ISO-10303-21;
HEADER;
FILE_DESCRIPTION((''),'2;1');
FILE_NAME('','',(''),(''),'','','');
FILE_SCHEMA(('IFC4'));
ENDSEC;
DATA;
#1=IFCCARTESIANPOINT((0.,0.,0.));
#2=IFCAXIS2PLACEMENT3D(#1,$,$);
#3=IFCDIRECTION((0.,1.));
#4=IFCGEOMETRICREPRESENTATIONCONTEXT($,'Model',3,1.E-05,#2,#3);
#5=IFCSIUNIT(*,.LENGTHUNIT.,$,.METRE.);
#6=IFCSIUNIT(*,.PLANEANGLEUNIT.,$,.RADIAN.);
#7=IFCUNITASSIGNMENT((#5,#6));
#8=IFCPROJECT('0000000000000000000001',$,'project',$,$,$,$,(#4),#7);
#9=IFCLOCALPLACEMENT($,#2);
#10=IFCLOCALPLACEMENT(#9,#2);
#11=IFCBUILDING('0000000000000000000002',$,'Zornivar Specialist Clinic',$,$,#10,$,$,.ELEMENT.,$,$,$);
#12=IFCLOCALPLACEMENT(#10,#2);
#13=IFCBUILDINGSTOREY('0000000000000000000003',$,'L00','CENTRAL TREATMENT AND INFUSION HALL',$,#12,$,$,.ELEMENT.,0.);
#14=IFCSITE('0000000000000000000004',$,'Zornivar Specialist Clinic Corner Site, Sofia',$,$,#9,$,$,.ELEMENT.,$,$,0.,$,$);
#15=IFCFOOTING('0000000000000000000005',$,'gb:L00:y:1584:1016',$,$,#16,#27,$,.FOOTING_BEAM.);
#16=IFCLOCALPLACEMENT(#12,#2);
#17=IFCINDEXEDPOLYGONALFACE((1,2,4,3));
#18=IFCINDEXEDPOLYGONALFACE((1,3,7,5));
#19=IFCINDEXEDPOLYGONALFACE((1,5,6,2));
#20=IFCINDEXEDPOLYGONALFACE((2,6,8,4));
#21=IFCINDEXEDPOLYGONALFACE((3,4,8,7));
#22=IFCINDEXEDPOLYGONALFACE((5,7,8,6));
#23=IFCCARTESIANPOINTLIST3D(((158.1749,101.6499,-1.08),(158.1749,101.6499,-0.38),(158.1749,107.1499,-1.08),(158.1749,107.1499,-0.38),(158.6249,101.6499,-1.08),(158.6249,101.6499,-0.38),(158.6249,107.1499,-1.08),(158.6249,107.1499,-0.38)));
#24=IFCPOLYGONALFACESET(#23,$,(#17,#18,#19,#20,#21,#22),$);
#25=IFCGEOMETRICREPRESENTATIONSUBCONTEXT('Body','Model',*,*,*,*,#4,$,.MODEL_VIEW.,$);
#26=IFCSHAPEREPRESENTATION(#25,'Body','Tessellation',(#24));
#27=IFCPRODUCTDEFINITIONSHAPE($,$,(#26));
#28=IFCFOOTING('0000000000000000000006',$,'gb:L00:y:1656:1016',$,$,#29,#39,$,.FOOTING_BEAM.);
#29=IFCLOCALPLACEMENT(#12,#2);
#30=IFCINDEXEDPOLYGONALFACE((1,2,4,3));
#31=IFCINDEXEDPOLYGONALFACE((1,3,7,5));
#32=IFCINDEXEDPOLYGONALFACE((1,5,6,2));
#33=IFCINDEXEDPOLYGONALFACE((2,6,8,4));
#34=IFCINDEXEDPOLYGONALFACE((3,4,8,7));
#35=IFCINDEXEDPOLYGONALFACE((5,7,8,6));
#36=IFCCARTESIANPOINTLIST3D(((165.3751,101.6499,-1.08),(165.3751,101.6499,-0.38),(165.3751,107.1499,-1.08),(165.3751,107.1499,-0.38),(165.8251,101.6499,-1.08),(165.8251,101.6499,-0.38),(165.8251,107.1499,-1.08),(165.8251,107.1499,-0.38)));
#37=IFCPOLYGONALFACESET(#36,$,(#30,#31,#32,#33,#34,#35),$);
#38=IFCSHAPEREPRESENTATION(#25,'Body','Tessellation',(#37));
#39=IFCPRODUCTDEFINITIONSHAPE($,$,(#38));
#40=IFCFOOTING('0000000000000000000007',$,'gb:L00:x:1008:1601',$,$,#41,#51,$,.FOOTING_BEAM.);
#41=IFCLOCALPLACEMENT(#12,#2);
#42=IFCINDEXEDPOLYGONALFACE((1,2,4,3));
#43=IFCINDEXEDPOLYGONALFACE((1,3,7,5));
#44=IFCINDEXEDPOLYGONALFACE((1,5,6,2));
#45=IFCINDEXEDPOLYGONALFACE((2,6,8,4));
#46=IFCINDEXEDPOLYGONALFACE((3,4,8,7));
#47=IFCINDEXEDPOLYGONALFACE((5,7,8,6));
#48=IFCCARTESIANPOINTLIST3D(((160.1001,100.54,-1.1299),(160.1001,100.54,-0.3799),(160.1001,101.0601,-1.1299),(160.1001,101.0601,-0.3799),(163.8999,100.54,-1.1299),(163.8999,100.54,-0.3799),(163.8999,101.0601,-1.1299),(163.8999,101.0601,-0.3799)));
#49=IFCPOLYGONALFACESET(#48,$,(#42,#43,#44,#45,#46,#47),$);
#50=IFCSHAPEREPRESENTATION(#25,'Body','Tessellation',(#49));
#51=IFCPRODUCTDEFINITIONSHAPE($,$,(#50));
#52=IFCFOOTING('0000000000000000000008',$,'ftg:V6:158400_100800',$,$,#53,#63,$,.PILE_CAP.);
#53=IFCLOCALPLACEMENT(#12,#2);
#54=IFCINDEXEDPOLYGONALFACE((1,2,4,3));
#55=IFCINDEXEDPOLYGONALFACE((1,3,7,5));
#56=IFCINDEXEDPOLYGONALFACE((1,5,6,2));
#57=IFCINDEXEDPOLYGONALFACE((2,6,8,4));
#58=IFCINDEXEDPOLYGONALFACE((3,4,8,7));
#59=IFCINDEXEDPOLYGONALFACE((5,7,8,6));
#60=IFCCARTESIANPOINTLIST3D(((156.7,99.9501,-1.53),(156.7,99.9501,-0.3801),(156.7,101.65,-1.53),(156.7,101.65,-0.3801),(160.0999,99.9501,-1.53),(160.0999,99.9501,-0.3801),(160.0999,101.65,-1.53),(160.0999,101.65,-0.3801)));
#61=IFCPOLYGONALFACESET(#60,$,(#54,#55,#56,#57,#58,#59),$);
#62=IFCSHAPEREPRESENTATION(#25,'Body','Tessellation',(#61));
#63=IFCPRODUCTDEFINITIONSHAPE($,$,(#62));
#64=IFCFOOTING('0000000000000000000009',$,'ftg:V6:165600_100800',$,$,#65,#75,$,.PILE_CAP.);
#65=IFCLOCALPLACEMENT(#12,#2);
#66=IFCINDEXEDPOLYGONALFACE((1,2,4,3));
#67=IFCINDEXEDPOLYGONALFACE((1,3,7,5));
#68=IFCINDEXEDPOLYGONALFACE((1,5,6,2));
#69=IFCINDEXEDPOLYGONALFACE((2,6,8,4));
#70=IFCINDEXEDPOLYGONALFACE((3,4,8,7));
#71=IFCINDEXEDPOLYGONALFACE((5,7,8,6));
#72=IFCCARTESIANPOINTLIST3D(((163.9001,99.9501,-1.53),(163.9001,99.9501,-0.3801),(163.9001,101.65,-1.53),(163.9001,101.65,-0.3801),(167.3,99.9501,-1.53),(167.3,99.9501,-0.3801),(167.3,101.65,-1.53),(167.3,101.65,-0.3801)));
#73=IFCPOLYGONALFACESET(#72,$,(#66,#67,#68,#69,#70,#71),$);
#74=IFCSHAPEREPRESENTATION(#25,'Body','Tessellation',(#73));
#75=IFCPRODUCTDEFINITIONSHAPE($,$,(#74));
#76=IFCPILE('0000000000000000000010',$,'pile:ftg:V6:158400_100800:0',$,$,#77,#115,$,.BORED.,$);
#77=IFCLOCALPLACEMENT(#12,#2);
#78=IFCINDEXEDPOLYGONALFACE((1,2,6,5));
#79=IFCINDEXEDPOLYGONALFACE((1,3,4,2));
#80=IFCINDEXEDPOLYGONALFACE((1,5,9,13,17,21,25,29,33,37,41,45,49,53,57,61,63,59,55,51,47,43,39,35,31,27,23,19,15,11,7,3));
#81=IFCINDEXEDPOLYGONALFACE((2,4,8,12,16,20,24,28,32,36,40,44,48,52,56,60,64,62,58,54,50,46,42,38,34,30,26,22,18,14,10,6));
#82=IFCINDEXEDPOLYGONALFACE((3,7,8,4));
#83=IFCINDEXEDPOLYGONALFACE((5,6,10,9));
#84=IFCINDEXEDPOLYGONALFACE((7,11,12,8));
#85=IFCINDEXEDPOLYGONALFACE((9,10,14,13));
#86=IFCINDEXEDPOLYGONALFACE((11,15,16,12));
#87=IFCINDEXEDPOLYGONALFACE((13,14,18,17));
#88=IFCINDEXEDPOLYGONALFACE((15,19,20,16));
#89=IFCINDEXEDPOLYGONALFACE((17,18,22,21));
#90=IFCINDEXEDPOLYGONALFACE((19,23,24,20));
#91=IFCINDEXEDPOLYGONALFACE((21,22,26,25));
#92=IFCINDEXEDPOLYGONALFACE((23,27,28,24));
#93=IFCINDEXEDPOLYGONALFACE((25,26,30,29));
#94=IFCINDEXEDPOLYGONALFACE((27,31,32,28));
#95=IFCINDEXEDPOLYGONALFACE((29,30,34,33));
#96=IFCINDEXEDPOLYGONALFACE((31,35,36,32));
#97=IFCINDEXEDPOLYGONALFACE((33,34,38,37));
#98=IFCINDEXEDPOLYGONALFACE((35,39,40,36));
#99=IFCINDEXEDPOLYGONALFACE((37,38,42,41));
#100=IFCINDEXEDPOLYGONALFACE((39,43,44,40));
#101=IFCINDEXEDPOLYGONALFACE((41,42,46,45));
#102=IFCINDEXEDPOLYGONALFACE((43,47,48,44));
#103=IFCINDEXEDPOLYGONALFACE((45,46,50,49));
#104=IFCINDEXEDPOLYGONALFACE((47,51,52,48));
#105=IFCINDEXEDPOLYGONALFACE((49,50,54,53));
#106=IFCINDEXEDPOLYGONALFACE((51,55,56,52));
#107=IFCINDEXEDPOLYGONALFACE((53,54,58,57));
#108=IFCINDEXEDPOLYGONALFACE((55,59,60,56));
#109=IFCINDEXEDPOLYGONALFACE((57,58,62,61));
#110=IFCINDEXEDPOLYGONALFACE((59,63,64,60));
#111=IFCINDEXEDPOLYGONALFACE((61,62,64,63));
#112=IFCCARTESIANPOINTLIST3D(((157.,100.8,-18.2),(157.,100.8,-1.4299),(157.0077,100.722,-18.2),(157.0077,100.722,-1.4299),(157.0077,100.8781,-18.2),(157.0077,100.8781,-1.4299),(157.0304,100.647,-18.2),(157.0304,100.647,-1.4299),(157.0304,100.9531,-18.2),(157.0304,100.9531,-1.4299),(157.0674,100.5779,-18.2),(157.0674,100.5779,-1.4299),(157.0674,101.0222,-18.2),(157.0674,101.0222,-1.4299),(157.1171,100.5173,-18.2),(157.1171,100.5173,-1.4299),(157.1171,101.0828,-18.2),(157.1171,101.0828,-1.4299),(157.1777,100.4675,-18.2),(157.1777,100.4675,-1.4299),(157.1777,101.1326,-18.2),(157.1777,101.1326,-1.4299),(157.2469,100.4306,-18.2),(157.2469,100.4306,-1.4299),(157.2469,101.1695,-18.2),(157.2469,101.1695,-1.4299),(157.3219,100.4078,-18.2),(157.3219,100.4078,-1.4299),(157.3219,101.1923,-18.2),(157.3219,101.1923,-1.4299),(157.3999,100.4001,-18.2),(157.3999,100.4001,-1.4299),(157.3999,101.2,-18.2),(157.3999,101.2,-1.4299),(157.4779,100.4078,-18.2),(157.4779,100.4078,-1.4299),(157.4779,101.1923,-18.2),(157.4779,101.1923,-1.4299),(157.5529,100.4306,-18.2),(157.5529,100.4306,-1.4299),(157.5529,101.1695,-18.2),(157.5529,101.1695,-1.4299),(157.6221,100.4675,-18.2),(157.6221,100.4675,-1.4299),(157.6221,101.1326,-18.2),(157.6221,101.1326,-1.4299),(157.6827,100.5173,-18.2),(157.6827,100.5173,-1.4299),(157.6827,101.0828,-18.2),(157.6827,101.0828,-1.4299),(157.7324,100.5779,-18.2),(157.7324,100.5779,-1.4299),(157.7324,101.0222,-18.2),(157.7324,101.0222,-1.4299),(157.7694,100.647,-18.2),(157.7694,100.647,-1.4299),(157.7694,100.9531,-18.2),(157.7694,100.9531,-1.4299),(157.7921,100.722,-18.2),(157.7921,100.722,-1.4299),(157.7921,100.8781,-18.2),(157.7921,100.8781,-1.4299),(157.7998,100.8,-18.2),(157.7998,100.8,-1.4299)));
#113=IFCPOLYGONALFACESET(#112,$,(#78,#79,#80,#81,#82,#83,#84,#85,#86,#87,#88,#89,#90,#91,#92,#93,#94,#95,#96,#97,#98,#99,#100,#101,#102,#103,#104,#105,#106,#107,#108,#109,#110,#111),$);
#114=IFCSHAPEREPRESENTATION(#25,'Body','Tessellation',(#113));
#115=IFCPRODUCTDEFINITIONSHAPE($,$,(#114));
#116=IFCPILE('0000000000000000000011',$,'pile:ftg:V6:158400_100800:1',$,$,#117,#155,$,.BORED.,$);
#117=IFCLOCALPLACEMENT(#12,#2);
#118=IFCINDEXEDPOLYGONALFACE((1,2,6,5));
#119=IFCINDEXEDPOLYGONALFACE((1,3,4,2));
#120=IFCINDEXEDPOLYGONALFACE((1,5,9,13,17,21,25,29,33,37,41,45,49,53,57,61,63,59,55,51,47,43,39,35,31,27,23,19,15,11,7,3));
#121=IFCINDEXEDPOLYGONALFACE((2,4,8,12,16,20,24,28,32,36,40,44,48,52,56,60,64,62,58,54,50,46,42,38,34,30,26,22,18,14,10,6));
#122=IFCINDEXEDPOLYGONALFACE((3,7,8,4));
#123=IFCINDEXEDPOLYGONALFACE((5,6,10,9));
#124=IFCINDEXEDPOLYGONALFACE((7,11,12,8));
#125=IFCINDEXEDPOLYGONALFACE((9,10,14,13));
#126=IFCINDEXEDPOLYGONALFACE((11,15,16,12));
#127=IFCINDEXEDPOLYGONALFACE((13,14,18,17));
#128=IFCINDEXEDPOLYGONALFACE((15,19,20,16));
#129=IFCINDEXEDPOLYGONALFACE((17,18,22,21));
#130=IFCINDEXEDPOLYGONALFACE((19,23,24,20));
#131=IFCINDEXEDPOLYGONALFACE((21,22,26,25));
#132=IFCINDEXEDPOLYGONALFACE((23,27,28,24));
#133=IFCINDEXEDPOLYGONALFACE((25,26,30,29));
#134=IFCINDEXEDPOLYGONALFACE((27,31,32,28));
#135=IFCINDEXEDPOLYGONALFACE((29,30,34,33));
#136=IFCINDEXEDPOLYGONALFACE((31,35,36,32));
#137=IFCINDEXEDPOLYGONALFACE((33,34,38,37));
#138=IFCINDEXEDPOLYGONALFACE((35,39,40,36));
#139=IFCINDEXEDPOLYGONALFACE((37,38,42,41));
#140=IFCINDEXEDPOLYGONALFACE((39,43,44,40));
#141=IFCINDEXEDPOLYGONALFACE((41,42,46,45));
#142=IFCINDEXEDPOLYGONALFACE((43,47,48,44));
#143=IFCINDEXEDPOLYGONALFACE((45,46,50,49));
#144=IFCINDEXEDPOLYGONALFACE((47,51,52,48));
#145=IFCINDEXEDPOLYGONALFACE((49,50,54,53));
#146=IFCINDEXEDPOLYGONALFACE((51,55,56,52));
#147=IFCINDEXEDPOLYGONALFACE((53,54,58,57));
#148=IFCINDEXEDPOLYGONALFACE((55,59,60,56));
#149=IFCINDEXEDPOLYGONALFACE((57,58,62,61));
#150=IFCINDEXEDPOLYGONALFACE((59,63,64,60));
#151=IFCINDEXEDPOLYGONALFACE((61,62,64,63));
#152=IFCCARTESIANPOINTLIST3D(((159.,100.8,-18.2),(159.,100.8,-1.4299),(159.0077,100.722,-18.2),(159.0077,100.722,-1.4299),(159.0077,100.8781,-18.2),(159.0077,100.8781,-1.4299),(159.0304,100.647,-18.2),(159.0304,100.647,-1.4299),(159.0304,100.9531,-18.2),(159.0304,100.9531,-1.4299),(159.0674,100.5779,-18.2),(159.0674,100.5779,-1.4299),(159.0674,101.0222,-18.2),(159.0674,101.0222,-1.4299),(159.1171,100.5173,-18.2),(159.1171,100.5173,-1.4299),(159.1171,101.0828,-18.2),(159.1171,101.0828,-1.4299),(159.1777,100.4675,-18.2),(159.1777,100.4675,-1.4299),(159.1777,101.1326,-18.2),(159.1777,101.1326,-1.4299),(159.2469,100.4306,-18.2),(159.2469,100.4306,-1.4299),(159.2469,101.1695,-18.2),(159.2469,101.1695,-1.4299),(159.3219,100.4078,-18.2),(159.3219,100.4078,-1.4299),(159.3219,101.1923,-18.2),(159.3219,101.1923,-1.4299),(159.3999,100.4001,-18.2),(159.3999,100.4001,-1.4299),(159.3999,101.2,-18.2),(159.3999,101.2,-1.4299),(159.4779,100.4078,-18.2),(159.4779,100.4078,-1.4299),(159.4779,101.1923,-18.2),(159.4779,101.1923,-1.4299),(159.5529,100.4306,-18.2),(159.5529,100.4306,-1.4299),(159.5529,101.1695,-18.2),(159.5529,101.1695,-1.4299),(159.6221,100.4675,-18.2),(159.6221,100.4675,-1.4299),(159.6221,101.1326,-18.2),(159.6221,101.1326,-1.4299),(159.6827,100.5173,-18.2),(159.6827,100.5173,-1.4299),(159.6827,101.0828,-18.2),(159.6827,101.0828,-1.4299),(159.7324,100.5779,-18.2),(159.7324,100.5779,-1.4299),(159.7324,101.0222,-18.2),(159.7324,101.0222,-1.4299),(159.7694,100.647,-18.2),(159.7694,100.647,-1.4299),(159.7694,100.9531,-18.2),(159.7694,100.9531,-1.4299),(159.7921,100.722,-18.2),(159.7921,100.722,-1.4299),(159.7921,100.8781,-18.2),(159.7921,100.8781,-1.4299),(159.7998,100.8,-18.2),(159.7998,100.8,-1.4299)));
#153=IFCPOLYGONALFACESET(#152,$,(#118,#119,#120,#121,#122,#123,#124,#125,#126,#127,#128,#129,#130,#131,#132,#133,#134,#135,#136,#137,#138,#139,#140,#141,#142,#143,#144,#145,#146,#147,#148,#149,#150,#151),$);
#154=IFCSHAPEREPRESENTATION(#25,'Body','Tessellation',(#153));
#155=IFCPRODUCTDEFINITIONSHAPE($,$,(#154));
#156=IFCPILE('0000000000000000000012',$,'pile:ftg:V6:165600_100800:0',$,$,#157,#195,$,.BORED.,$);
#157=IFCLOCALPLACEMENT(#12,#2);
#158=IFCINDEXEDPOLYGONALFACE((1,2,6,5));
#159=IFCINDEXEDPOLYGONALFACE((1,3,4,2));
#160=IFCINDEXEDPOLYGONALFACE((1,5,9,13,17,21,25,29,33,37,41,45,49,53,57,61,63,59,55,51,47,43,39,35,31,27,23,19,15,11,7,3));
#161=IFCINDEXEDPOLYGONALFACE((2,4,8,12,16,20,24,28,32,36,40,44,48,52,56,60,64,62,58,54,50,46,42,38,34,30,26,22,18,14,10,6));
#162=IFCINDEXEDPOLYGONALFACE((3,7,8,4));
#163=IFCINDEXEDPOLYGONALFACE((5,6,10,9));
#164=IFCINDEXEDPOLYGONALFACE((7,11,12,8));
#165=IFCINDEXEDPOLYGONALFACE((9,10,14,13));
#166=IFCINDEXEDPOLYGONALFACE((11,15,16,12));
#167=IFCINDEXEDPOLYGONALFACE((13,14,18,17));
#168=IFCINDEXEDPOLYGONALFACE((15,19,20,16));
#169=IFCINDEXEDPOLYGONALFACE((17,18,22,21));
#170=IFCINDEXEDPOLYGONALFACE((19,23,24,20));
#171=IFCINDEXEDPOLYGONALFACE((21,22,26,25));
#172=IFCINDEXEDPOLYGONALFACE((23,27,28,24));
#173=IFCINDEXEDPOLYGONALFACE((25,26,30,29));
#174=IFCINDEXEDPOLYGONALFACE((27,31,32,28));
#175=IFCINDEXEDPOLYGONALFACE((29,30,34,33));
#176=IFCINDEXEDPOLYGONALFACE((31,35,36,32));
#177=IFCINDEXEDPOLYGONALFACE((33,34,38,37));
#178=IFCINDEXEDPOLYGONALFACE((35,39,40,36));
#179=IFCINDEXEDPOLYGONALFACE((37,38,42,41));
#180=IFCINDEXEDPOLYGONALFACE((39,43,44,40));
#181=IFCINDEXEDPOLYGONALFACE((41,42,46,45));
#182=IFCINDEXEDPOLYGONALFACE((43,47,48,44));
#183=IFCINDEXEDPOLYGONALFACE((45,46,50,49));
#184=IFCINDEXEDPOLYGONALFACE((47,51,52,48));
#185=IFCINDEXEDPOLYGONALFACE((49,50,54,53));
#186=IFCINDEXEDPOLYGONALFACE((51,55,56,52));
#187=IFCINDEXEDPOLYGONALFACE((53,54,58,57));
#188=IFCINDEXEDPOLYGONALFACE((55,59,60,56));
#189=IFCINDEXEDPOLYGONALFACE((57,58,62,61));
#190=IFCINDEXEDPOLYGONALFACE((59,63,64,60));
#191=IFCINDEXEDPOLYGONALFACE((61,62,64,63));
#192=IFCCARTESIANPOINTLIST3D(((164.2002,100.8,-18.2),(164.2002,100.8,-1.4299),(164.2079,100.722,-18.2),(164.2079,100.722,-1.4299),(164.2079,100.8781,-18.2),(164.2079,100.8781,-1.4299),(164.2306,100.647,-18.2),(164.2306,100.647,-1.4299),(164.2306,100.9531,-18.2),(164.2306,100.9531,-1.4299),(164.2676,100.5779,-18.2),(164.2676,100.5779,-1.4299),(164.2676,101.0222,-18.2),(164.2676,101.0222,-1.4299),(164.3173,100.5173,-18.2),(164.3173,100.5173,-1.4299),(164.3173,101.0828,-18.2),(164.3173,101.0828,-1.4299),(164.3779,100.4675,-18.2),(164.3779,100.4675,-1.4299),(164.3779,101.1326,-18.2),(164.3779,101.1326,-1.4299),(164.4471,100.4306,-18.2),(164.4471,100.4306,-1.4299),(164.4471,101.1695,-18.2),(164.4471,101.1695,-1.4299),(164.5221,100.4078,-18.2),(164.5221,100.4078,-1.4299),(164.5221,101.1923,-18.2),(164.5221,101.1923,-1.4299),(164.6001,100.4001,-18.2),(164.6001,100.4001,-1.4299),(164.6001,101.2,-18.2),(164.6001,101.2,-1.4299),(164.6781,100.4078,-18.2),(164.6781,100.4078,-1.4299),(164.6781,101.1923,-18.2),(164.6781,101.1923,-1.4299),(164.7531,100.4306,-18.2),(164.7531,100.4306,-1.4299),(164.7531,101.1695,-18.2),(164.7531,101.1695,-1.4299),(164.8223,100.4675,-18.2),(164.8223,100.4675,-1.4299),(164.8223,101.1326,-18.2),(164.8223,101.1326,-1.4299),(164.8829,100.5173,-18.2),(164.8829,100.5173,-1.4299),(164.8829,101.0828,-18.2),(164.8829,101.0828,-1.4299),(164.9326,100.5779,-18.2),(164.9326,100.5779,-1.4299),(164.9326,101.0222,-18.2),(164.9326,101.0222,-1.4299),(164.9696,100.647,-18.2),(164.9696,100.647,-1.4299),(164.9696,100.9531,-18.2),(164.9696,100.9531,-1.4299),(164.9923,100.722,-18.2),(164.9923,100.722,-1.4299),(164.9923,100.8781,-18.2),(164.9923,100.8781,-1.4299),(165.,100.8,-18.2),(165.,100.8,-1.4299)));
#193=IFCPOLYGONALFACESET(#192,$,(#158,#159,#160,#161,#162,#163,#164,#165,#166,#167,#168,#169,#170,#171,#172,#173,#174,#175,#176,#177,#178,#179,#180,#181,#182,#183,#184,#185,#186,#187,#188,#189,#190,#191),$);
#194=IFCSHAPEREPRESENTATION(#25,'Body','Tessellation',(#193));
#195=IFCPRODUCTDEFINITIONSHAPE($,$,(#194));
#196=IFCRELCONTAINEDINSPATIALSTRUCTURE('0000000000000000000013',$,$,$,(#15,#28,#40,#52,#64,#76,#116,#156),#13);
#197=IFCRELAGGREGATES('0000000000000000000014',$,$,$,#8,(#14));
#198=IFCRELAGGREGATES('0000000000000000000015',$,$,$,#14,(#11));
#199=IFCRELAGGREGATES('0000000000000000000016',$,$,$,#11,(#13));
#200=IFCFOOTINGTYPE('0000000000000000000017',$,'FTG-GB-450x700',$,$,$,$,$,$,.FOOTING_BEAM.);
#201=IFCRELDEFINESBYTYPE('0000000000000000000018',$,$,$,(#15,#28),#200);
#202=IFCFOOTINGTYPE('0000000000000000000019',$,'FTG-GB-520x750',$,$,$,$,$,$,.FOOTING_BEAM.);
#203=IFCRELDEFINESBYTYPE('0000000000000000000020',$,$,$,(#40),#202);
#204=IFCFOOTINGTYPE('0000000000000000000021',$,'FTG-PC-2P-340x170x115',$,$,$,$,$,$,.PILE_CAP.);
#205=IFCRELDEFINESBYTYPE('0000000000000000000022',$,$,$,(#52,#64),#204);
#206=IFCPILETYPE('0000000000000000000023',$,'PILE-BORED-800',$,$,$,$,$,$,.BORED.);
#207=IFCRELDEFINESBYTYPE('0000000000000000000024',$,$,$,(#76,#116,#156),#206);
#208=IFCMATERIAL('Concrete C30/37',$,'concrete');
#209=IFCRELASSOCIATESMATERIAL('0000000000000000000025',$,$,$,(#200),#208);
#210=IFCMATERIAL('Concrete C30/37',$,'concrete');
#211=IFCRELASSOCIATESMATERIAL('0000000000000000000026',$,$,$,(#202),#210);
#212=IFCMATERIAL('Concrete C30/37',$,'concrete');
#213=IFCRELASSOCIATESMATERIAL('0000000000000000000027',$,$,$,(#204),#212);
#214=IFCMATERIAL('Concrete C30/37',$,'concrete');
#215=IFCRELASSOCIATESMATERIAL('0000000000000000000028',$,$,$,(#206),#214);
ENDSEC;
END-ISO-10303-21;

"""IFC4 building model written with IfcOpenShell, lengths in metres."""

from ifc_helpers import new_model, si_unit, direction, frame, origin, origin_2d, place, context, subcontext, project, spatial, rectangle, circle, extrude, material, material_profile, profile_set, type_object, element, save


model = new_model("IFC4")

# Units and contexts
model_context = context("Model", 3, precision=1e-05, world=origin(), true_north=direction((0.0, 1.0)))
body_context = subcontext(model_context, "Body", "Model", "MODEL_VIEW")
ifc_project = project(units=[si_unit("LENGTHUNIT", "METRE"), si_unit("PLANEANGLEUNIT", "RADIAN")], contexts=[model_context])

# Site, building, storey
site_placement = place(None, origin())
site = spatial("IfcSite", under=ifc_project, at=site_placement, Name="Zornivar Specialist Clinic Corner Site, Sofia", CompositionType="ELEMENT", RefElevation=0.0)
building_placement = place(site_placement, origin())
building = spatial("IfcBuilding", under=site, at=building_placement, Name="Zornivar Specialist Clinic", CompositionType="ELEMENT")
storey_placement = place(building_placement, origin())
storey = spatial("IfcBuildingStorey", under=building, at=storey_placement, Name="L00", Description="CENTRAL TREATMENT AND INFUSION HALL", CompositionType="ELEMENT", Elevation=0.0)

# Footings
ifc_material_1 = material(Name="Concrete C30/37", Category="concrete")
ifc_material_profile_1 = material_profile(ifc_material_1, rectangle(XDim=0.45, YDim=0.7, at=origin_2d()), Name="RC 450x700")
ifc_profile_set_1 = profile_set([ifc_material_profile_1], Name="Concrete C30/37")
footing_type_1 = type_object("IfcFootingType", Name="FTG-GB-450x700", PredefinedType="FOOTING_BEAM", material=ifc_profile_set_1)
for number, where, z_axis, x_axis, name in (
    (1, (158.3999, 101.6499, -0.73), (0.0, 1.0, 0.0), (-1.0, 0.0, 0.0), "gb:L00:y:1584:1016"),
    (2, (165.6001, 101.6499, -0.73), (0.0, 1.0, 0.0), (-1.0, 0.0, 0.0), "gb:L00:y:1656:1016"),
):
    element("IfcFooting", number, at=place(storey_placement, frame(where, z_axis=z_axis, x_axis=x_axis)), inside=storey, type_object=footing_type_1, Name=name, PredefinedType="FOOTING_BEAM", context=body_context, shape_type="SweptSolid", body=[
        extrude(rectangle(XDim=0.45, YDim=0.7, at=origin_2d()), origin(), (0.0, 0.0, 1.0), 5.5),
    ])
ifc_material_2 = material(Name="Concrete C30/37", Category="concrete")
ifc_material_profile_2 = material_profile(ifc_material_2, rectangle(XDim=0.52, YDim=0.75, at=origin_2d()), Name="RC 520x750")
ifc_profile_set_2 = profile_set([ifc_material_profile_2], Name="Concrete C30/37")
footing_type_2 = type_object("IfcFootingType", Name="FTG-GB-520x750", PredefinedType="FOOTING_BEAM", material=ifc_profile_set_2)
footing_placement = place(storey_placement, frame((160.1001, 100.8, -0.7549), z_axis=(1.0, 0.0, 0.0), x_axis=(0.0, 1.0, 0.0)))
element("IfcFooting", 3, at=footing_placement, inside=storey, type_object=footing_type_2, Name="gb:L00:x:1008:1601", PredefinedType="FOOTING_BEAM", context=body_context, shape_type="SweptSolid", body=[
    extrude(rectangle(XDim=0.52, YDim=0.75, at=origin_2d()), origin(), (0.0, 0.0, 1.0), 3.7998),
])
ifc_material_3 = material(Name="Concrete C30/37", Category="concrete")
footing_type_3 = type_object("IfcFootingType", Name="FTG-PC-2P-340x170x115", PredefinedType="PILE_CAP", material=ifc_material_3)
for number, where, z_axis, x_axis, name in (
    (4, (158.3999, 100.8, -1.53), (0.0, 0.0, 1.0), (1.0, 0.0, 0.0), "ftg:V6:158400_100800"),
    (5, (165.6001, 100.8, -1.53), (0.0, 0.0, 1.0), (1.0, 0.0, 0.0), "ftg:V6:165600_100800"),
):
    element("IfcFooting", number, at=place(storey_placement, frame(where, z_axis=z_axis, x_axis=x_axis)), inside=storey, type_object=footing_type_3, Name=name, PredefinedType="PILE_CAP", context=body_context, shape_type="SweptSolid", body=[
        extrude(rectangle(XDim=3.3999, YDim=1.7, at=origin_2d()), origin(), (0.0, 0.0, 1.0), 1.1499),
    ])

# Piles
ifc_material_4 = material(Name="Concrete C30/37", Category="concrete")
ifc_material_profile_3 = material_profile(ifc_material_4, circle(Radius=0.3999, at=origin_2d()), Name="PILE D800")
ifc_profile_set_3 = profile_set([ifc_material_profile_3], Name="Concrete C30/37")
pile_type = type_object("IfcPileType", Name="PILE-BORED-800", PredefinedType="BORED", material=ifc_profile_set_3)
for number, where, z_axis, x_axis, name in (
    (6, (157.3999, 100.8, -1.4299), (0.0, 0.0, -1.0), (1.0, 0.0, 0.0), "pile:ftg:V6:158400_100800:0"),
    (7, (159.3999, 100.8, -1.4299), (0.0, 0.0, -1.0), (1.0, 0.0, 0.0), "pile:ftg:V6:158400_100800:1"),
    (8, (164.6001, 100.8, -1.4299), (0.0, 0.0, -1.0), (1.0, 0.0, 0.0), "pile:ftg:V6:165600_100800:0"),
):
    element("IfcPile", number, at=place(storey_placement, frame(where, z_axis=z_axis, x_axis=x_axis)), inside=storey, type_object=pile_type, Name=name, PredefinedType="BORED", context=body_context, shape_type="SweptSolid", body=[
        extrude(circle(Radius=0.3999, at=origin_2d()), origin(), (0.0, 0.0, 1.0), 16.77),
    ])

save(model, "model.ifc")
